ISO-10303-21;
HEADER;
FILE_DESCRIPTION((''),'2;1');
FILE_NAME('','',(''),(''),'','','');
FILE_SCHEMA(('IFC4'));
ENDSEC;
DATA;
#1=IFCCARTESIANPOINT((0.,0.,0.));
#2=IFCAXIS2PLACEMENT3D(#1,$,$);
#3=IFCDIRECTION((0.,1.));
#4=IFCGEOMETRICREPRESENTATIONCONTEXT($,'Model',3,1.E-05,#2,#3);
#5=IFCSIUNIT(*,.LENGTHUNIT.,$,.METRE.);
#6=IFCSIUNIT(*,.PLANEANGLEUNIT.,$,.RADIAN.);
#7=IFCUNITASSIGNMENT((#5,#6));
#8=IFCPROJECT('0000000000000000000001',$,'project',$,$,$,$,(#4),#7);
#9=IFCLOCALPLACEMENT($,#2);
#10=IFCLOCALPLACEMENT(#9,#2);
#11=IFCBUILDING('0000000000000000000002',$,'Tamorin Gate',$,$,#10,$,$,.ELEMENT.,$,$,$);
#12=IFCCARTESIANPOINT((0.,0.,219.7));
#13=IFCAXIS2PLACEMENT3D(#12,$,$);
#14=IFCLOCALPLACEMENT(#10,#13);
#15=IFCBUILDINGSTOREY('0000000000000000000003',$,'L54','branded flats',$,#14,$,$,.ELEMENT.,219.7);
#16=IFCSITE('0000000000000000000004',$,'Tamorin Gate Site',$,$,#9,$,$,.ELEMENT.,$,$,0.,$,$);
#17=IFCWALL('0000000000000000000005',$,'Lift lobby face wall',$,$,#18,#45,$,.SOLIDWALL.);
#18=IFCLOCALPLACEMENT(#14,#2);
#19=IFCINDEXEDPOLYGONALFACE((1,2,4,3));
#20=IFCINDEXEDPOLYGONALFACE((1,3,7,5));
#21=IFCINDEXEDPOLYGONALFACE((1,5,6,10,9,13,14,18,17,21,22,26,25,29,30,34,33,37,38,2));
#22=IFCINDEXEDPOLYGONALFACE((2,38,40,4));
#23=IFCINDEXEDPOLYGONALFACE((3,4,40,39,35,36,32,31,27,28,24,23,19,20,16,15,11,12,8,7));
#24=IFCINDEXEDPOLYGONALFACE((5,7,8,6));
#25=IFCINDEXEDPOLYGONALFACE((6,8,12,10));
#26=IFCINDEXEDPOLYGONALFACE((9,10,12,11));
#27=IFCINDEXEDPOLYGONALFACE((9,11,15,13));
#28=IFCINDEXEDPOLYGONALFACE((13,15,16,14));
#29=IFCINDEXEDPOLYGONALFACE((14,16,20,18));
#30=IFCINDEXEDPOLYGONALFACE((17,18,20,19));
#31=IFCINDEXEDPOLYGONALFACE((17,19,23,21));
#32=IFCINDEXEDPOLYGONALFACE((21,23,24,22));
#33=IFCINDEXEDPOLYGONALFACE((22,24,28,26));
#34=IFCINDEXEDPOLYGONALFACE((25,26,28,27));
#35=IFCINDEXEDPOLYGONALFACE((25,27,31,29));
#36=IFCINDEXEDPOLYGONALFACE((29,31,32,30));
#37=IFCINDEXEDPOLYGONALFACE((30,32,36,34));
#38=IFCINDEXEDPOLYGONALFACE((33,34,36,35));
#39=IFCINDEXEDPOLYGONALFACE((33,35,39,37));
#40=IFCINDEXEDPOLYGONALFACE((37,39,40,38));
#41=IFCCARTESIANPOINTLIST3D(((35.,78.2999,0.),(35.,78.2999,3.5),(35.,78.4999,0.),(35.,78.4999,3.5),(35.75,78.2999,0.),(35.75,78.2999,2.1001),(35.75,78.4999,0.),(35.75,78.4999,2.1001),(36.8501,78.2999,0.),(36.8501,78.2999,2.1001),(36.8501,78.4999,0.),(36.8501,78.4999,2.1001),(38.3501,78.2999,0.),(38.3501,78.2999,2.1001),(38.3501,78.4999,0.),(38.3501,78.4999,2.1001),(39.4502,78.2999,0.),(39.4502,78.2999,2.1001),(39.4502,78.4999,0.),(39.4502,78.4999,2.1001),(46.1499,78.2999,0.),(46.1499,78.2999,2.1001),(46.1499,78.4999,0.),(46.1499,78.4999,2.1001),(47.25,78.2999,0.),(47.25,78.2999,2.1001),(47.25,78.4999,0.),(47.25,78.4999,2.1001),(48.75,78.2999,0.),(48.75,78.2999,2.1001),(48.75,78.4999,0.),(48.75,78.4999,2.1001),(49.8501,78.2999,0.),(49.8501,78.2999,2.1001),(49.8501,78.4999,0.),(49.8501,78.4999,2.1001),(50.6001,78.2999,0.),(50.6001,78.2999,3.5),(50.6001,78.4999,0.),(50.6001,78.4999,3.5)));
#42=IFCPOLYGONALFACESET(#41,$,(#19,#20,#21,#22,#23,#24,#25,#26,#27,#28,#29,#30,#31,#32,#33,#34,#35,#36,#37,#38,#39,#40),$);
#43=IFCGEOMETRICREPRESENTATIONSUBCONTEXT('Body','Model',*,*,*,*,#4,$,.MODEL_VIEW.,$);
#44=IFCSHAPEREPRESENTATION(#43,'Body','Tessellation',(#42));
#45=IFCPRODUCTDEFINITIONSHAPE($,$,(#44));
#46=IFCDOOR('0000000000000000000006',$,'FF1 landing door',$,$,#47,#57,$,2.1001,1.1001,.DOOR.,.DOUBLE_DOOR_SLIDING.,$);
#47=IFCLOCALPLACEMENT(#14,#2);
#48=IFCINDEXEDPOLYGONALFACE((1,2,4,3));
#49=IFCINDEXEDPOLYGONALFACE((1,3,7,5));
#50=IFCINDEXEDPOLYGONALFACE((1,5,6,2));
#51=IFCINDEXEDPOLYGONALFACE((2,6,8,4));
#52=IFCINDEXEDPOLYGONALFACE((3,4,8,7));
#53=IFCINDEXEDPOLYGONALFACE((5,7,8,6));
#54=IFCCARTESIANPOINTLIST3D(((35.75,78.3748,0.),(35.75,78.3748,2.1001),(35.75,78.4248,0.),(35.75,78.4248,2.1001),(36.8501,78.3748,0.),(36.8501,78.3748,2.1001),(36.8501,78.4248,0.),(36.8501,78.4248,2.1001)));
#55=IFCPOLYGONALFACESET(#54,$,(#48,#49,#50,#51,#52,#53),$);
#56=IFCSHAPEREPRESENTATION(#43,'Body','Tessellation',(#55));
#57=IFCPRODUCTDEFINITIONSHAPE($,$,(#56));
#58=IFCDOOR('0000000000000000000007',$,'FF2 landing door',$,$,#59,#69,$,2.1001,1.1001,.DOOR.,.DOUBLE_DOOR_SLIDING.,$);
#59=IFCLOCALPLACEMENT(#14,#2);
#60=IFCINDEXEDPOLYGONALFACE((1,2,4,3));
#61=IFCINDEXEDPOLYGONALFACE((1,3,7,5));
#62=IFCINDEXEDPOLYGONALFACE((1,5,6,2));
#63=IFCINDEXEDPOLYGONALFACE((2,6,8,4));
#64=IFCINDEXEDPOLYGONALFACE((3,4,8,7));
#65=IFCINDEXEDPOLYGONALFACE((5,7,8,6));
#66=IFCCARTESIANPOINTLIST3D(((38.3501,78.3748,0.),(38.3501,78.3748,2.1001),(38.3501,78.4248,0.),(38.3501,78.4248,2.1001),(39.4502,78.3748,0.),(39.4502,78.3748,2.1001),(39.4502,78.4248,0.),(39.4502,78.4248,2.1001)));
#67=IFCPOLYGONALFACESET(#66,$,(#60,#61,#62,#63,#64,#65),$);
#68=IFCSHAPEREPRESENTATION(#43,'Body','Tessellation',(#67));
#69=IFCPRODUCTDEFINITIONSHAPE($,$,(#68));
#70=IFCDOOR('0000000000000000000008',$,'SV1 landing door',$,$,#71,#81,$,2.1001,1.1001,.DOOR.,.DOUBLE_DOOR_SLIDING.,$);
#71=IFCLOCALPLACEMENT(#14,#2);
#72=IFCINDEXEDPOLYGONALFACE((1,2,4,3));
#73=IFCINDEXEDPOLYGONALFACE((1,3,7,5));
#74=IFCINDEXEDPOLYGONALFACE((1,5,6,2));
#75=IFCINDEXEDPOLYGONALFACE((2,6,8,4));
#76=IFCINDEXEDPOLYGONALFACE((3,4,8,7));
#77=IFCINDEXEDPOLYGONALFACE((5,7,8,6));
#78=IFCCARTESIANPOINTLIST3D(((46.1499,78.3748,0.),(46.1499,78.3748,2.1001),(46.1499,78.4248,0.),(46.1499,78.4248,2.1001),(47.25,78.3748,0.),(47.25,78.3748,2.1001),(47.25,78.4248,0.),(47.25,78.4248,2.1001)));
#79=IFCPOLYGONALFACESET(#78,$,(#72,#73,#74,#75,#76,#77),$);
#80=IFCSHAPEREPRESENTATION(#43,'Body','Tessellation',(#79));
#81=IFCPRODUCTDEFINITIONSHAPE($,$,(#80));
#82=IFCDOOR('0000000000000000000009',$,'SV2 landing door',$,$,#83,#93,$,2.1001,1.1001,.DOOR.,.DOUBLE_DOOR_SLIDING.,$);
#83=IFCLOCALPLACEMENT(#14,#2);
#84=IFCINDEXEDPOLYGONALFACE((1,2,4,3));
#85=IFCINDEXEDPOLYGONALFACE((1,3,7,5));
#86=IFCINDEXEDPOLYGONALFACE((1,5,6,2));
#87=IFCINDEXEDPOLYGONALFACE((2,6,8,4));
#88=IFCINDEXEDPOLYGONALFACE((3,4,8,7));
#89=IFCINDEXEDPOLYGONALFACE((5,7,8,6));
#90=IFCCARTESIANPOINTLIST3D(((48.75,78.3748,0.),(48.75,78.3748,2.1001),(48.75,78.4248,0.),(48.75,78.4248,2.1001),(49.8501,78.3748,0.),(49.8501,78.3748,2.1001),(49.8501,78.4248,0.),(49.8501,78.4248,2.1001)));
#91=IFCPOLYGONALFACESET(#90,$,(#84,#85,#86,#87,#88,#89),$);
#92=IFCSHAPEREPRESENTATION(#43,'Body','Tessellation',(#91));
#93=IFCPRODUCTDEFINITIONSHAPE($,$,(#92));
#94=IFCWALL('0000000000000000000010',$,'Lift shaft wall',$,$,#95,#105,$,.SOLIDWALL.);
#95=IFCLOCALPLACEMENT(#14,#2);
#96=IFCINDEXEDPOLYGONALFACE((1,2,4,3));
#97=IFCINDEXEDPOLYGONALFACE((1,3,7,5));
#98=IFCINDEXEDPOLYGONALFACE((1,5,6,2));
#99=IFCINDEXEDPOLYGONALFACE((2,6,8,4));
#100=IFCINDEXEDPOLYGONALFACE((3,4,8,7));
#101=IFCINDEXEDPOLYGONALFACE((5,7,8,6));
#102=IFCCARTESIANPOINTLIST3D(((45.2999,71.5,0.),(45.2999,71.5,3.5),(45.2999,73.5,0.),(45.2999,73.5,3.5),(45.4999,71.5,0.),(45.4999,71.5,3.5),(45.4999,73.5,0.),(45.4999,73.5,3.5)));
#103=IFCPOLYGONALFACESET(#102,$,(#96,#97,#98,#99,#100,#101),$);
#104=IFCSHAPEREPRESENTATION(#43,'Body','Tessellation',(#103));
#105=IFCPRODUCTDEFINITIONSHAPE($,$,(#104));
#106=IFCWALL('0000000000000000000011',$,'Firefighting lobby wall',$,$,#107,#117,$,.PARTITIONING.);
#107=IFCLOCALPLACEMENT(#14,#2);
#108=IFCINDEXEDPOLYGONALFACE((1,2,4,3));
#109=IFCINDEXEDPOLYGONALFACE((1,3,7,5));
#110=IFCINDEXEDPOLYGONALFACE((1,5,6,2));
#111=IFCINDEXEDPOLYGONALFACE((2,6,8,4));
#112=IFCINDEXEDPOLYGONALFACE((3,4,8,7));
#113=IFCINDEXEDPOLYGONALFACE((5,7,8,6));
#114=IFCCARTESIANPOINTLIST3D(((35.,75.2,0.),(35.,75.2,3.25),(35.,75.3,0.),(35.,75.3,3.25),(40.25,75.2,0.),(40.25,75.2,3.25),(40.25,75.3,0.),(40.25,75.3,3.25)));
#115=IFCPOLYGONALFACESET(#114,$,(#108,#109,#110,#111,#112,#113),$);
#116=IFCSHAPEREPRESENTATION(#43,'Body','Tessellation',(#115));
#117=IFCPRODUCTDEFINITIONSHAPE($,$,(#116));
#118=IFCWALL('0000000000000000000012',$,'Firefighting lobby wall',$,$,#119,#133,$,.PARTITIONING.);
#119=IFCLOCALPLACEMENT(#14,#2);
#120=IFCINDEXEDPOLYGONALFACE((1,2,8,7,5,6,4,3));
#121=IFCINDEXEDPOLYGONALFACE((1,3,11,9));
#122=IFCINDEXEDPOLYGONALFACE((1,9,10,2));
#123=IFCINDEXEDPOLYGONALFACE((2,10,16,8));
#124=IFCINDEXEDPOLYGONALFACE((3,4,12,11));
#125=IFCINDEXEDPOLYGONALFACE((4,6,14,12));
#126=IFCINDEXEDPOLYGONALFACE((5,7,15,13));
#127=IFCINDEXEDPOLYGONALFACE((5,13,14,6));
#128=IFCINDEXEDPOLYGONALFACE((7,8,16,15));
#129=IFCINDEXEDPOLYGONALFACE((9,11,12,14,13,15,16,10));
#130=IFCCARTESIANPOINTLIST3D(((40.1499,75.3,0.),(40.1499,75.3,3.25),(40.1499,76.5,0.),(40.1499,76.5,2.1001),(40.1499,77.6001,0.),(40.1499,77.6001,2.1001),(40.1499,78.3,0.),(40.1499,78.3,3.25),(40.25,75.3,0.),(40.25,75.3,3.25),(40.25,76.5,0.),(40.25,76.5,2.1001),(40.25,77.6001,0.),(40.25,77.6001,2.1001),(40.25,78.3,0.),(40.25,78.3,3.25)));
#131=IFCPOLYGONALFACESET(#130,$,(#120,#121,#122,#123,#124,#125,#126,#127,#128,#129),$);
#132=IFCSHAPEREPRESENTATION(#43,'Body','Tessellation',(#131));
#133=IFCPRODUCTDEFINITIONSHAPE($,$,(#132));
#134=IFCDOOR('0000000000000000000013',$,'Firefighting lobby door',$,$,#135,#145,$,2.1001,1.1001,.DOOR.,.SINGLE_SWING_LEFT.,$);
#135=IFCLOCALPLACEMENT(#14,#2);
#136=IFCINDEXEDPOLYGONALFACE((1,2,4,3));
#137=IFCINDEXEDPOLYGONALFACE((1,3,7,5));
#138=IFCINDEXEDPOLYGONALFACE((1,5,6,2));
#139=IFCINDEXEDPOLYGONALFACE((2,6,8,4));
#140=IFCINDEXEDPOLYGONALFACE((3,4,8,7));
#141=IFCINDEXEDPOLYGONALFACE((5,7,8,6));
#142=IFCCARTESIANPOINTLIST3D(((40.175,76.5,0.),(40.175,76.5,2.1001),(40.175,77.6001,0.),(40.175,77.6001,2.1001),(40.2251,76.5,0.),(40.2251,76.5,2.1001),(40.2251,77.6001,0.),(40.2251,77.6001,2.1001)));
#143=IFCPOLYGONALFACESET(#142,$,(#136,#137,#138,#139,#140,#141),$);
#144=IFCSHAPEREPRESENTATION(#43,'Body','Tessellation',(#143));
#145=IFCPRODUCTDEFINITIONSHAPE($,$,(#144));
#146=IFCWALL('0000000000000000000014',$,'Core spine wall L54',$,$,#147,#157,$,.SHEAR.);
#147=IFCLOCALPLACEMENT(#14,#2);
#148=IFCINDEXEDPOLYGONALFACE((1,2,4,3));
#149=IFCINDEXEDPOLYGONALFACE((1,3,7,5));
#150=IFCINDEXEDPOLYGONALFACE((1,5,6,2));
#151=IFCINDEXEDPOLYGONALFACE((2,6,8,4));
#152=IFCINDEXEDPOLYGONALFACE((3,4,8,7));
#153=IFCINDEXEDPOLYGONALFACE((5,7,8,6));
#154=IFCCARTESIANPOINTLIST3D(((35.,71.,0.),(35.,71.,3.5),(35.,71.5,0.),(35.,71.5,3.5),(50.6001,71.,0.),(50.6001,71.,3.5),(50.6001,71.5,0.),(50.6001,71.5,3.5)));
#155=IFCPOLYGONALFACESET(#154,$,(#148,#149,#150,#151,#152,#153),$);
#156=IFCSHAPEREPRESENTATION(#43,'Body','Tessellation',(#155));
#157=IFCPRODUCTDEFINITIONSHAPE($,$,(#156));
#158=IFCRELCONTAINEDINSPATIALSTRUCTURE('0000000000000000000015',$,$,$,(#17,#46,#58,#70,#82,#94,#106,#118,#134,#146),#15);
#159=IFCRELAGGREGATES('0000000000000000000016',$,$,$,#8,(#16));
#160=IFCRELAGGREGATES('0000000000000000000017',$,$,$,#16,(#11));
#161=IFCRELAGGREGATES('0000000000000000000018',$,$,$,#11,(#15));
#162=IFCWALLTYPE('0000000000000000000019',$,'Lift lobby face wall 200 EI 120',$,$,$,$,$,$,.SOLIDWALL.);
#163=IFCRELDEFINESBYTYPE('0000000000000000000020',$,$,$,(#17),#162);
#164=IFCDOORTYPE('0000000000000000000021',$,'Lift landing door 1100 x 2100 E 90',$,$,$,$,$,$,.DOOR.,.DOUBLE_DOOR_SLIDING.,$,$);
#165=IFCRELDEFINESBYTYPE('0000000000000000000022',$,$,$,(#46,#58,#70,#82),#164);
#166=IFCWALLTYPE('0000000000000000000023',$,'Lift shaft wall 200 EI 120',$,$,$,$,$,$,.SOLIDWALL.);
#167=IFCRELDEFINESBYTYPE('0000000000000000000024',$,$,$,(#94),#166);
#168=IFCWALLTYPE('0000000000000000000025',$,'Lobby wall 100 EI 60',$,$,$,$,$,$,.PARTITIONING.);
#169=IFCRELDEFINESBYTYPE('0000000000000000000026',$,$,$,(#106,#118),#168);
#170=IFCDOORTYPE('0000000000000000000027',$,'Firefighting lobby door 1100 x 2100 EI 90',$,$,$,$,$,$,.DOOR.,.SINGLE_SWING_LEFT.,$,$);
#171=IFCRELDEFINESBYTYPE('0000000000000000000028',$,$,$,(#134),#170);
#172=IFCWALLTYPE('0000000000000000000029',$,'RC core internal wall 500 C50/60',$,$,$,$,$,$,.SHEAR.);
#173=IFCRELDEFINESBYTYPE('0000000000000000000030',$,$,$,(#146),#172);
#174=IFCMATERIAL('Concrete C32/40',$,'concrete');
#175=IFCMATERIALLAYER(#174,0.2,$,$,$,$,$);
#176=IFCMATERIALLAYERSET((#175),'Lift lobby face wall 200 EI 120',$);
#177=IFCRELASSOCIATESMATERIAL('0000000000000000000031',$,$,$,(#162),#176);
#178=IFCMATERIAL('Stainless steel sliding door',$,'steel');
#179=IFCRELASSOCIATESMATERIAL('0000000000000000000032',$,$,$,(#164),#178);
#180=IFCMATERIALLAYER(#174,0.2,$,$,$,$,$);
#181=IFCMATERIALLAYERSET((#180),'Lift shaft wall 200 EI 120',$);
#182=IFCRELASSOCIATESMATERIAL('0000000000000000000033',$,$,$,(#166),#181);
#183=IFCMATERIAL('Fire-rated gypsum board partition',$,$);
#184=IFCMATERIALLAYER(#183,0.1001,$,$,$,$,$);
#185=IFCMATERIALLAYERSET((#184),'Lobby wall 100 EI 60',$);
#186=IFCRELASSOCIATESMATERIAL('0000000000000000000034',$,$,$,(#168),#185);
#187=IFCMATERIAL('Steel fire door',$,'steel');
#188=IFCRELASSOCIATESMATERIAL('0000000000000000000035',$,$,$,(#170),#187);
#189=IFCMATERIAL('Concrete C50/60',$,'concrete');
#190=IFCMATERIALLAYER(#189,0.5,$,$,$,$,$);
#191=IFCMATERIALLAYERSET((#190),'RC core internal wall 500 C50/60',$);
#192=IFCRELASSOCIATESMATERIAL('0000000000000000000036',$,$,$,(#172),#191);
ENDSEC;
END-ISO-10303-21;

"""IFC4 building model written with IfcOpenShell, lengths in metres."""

from ifc_helpers import new_model, si_unit, direction, frame, frame_2d, origin, place, context, subcontext, project, spatial, rectangle, extrude, material, layer, layer_set, type_object, element, fill, save


model = new_model("IFC4")

# Units and contexts
model_context = context("Model", 3, precision=1e-05, world=origin(), true_north=direction((0.0, 1.0)))
body_context = subcontext(model_context, "Body", "Model", "MODEL_VIEW")
ifc_project = project(units=[si_unit("LENGTHUNIT", "METRE"), si_unit("PLANEANGLEUNIT", "RADIAN")], contexts=[model_context])

# Site, building, storey
site_placement = place(None, origin())
site = spatial("IfcSite", under=ifc_project, at=site_placement, Name="Tamorin Gate Site", CompositionType="ELEMENT", RefElevation=0.0)
building_placement = place(site_placement, origin())
building = spatial("IfcBuilding", under=site, at=building_placement, Name="Tamorin Gate", CompositionType="ELEMENT")
storey_placement = place(building_placement, frame((0.0, 0.0, 219.7)))
storey = spatial("IfcBuildingStorey", under=building, at=storey_placement, Name="L54", Description="branded flats", CompositionType="ELEMENT", Elevation=219.7)

# Shared definitions
ifc_material_1 = material(Name="Concrete C50/60", Category="concrete")

# Wall, openings, doors
ifc_material_2 = material(Name="Concrete C32/40", Category="concrete")
ifc_layer_1 = layer(ifc_material_2, 0.2)
ifc_layer_set_1 = layer_set([ifc_layer_1], Name="Lift lobby face wall 200 EI 120")
wall_type_1 = type_object("IfcWallType", Name="Lift lobby face wall 200 EI 120", PredefinedType="SOLIDWALL", material=ifc_layer_set_1)
ifc_material_3 = material(Name="Stainless steel sliding door", Category="steel")
door_type_1 = type_object("IfcDoorType", Name="Lift landing door 1100 x 2100 E 90", OperationType="DOUBLE_DOOR_SLIDING", PredefinedType="DOOR", material=ifc_material_3)
wall_1_placement = place(storey_placement, frame((35.0, 78.3999, 0.0), z_axis=(0.0, 0.0, 1.0), x_axis=(1.0, 0.0, 0.0)))
wall_1 = element("IfcWall", 1, at=wall_1_placement, inside=storey, type_object=wall_type_1, Name="Lift lobby face wall", PredefinedType="SOLIDWALL", context=body_context, shape_type="SweptSolid", body=[
    extrude(rectangle(XDim=15.6001, YDim=0.2, at=frame_2d((7.8, 0.0))), origin(), (0.0, 0.0, 1.0), 3.5),
])
opening_1_placement = place(wall_1_placement, frame((0.75, 0.0, 0.0)))
opening_1 = element("IfcOpeningElement", 2, at=opening_1_placement, cuts=wall_1, PredefinedType="OPENING", context=body_context, shape_type="SweptSolid", body=[
    extrude(rectangle(XDim=1.1001, YDim=2.1001, at=frame_2d((0.55, 1.05))), frame((0.0, 0.1099, 0.0), z_axis=(0.0, -1.0, 0.0), x_axis=(1.0, 0.0, 0.0)), (0.0, 0.0, 1.0), 0.22),
])
opening_2_placement = place(wall_1_placement, frame((3.3501, 0.0, 0.0)))
opening_2 = element("IfcOpeningElement", 3, at=opening_2_placement, cuts=wall_1, PredefinedType="OPENING", context=body_context, shape_type="SweptSolid", body=[
    extrude(rectangle(XDim=1.1001, YDim=2.1001, at=frame_2d((0.55, 1.05))), frame((0.0, 0.1099, 0.0), z_axis=(0.0, -1.0, 0.0), x_axis=(1.0, 0.0, 0.0)), (0.0, 0.0, 1.0), 0.22),
])
opening_3_placement = place(wall_1_placement, frame((11.1499, 0.0, 0.0)))
opening_3 = element("IfcOpeningElement", 4, at=opening_3_placement, cuts=wall_1, PredefinedType="OPENING", context=body_context, shape_type="SweptSolid", body=[
    extrude(rectangle(XDim=1.1001, YDim=2.1001, at=frame_2d((0.55, 1.05))), frame((0.0, 0.1099, 0.0), z_axis=(0.0, -1.0, 0.0), x_axis=(1.0, 0.0, 0.0)), (0.0, 0.0, 1.0), 0.22),
])
opening_4_placement = place(wall_1_placement, frame((13.75, 0.0, 0.0)))
opening_4 = element("IfcOpeningElement", 5, at=opening_4_placement, cuts=wall_1, PredefinedType="OPENING", context=body_context, shape_type="SweptSolid", body=[
    extrude(rectangle(XDim=1.1001, YDim=2.1001, at=frame_2d((0.55, 1.05))), frame((0.0, 0.1099, 0.0), z_axis=(0.0, -1.0, 0.0), x_axis=(1.0, 0.0, 0.0)), (0.0, 0.0, 1.0), 0.22),
])
door_1_placement = place(opening_1_placement, origin())
door_1 = element("IfcDoor", 6, at=door_1_placement, inside=storey, type_object=door_type_1, Name="FF1 landing door", OperationType="DOUBLE_DOOR_SLIDING", OverallHeight=2.1001, OverallWidth=1.1001, PredefinedType="DOOR", context=body_context, shape_type="SweptSolid", body=[
    extrude(rectangle(XDim=1.1001, YDim=2.1001, at=frame_2d((0.55, 1.05))), frame((0.0, 0.0249, 0.0), z_axis=(0.0, -1.0, 0.0), x_axis=(1.0, 0.0, 0.0)), (0.0, 0.0, 1.0), 0.05),
])
fill(opening_1, door_1)
door_2_placement = place(opening_2_placement, origin())
door_2 = element("IfcDoor", 7, at=door_2_placement, inside=storey, type_object=door_type_1, Name="FF2 landing door", OperationType="DOUBLE_DOOR_SLIDING", OverallHeight=2.1001, OverallWidth=1.1001, PredefinedType="DOOR", context=body_context, shape_type="SweptSolid", body=[
    extrude(rectangle(XDim=1.1001, YDim=2.1001, at=frame_2d((0.55, 1.05))), frame((0.0, 0.0249, 0.0), z_axis=(0.0, -1.0, 0.0), x_axis=(1.0, 0.0, 0.0)), (0.0, 0.0, 1.0), 0.05),
])
fill(opening_2, door_2)
door_3_placement = place(opening_3_placement, origin())
door_3 = element("IfcDoor", 8, at=door_3_placement, inside=storey, type_object=door_type_1, Name="SV1 landing door", OperationType="DOUBLE_DOOR_SLIDING", OverallHeight=2.1001, OverallWidth=1.1001, PredefinedType="DOOR", context=body_context, shape_type="SweptSolid", body=[
    extrude(rectangle(XDim=1.1001, YDim=2.1001, at=frame_2d((0.55, 1.05))), frame((0.0, 0.0249, 0.0), z_axis=(0.0, -1.0, 0.0), x_axis=(1.0, 0.0, 0.0)), (0.0, 0.0, 1.0), 0.05),
])
fill(opening_3, door_3)
door_4_placement = place(opening_4_placement, origin())
door_4 = element("IfcDoor", 9, at=door_4_placement, inside=storey, type_object=door_type_1, Name="SV2 landing door", OperationType="DOUBLE_DOOR_SLIDING", OverallHeight=2.1001, OverallWidth=1.1001, PredefinedType="DOOR", context=body_context, shape_type="SweptSolid", body=[
    extrude(rectangle(XDim=1.1001, YDim=2.1001, at=frame_2d((0.55, 1.05))), frame((0.0, 0.0249, 0.0), z_axis=(0.0, -1.0, 0.0), x_axis=(1.0, 0.0, 0.0)), (0.0, 0.0, 1.0), 0.05),
])
fill(opening_4, door_4)

# Walls
ifc_layer_2 = layer(ifc_material_2, 0.2)
ifc_layer_set_2 = layer_set([ifc_layer_2], Name="Lift shaft wall 200 EI 120")
wall_type_2 = type_object("IfcWallType", Name="Lift shaft wall 200 EI 120", PredefinedType="SOLIDWALL", material=ifc_layer_set_2)
wall_2_placement = place(storey_placement, frame((45.3999, 71.5, 0.0), z_axis=(0.0, 0.0, 1.0), x_axis=(0.0, 1.0, 0.0)))
element("IfcWall", 10, at=wall_2_placement, inside=storey, type_object=wall_type_2, Name="Lift shaft wall", PredefinedType="SOLIDWALL", context=body_context, shape_type="SweptSolid", body=[
    extrude(rectangle(XDim=2.0, YDim=0.2, at=frame_2d((1.0, 0.0))), origin(), (0.0, 0.0, 1.0), 3.5),
])
ifc_material_4 = material(Name="Fire-rated gypsum board partition")
ifc_layer_3 = layer(ifc_material_4, 0.1001)
ifc_layer_set_3 = layer_set([ifc_layer_3], Name="Lobby wall 100 EI 60")
wall_type_3 = type_object("IfcWallType", Name="Lobby wall 100 EI 60", PredefinedType="PARTITIONING", material=ifc_layer_set_3)
wall_3_placement = place(storey_placement, frame((35.0, 75.25, 0.0), z_axis=(0.0, 0.0, 1.0), x_axis=(1.0, 0.0, 0.0)))
element("IfcWall", 11, at=wall_3_placement, inside=storey, type_object=wall_type_3, Name="Firefighting lobby wall", PredefinedType="PARTITIONING", context=body_context, shape_type="SweptSolid", body=[
    extrude(rectangle(XDim=5.25, YDim=0.1001, at=frame_2d((2.625, 0.0))), origin(), (0.0, 0.0, 1.0), 3.25),
])

# Wall, opening, door
wall_4_placement = place(storey_placement, frame((40.2, 75.3, 0.0), z_axis=(0.0, 0.0, 1.0), x_axis=(0.0, 1.0, 0.0)))
wall_4 = element("IfcWall", 12, at=wall_4_placement, inside=storey, type_object=wall_type_3, Name="Firefighting lobby wall", PredefinedType="PARTITIONING", context=body_context, shape_type="SweptSolid", body=[
    extrude(rectangle(XDim=3.0, YDim=0.1001, at=frame_2d((1.5, 0.0))), origin(), (0.0, 0.0, 1.0), 3.25),
])
opening_5_placement = place(wall_4_placement, frame((1.2, 0.0, 0.0)))
opening_5 = element("IfcOpeningElement", 13, at=opening_5_placement, cuts=wall_4, PredefinedType="OPENING", context=body_context, shape_type="SweptSolid", body=[
    extrude(rectangle(XDim=1.1001, YDim=2.1001, at=frame_2d((0.55, 1.05))), frame((0.0, 0.0601, 0.0), z_axis=(0.0, -1.0, 0.0), x_axis=(1.0, 0.0, 0.0)), (0.0, 0.0, 1.0), 0.1201),
])
ifc_material_5 = material(Name="Steel fire door", Category="steel")
door_type_2 = type_object("IfcDoorType", Name="Firefighting lobby door 1100 x 2100 EI 90", OperationType="SINGLE_SWING_LEFT", PredefinedType="DOOR", material=ifc_material_5)
door_5_placement = place(opening_5_placement, origin())
door_5 = element("IfcDoor", 14, at=door_5_placement, inside=storey, type_object=door_type_2, Name="Firefighting lobby door", OperationType="SINGLE_SWING_LEFT", OverallHeight=2.1001, OverallWidth=1.1001, PredefinedType="DOOR", context=body_context, shape_type="SweptSolid", body=[
    extrude(rectangle(XDim=1.1001, YDim=2.1001, at=frame_2d((0.55, 1.05))), frame((0.0, 0.0249, 0.0), z_axis=(0.0, -1.0, 0.0), x_axis=(1.0, 0.0, 0.0)), (0.0, 0.0, 1.0), 0.05),
])
fill(opening_5, door_5)

# Wall
ifc_layer_4 = layer(ifc_material_1, 0.5)
ifc_layer_set_4 = layer_set([ifc_layer_4], Name="RC core internal wall 500 C50/60")
wall_type_4 = type_object("IfcWallType", Name="RC core internal wall 500 C50/60", PredefinedType="SHEAR", material=ifc_layer_set_4)
wall_5_placement = place(storey_placement, frame((35.0, 71.25, 0.0), z_axis=(0.0, 0.0, 1.0), x_axis=(1.0, 0.0, 0.0)))
element("IfcWall", 15, at=wall_5_placement, inside=storey, type_object=wall_type_4, Name="Core spine wall L54", PredefinedType="SHEAR", context=body_context, shape_type="SweptSolid", body=[
    extrude(rectangle(XDim=15.6001, YDim=0.5, at=frame_2d((7.8, 0.0))), origin(), (0.0, 0.0, 1.0), 3.5),
])

save(model, "model.ifc")
